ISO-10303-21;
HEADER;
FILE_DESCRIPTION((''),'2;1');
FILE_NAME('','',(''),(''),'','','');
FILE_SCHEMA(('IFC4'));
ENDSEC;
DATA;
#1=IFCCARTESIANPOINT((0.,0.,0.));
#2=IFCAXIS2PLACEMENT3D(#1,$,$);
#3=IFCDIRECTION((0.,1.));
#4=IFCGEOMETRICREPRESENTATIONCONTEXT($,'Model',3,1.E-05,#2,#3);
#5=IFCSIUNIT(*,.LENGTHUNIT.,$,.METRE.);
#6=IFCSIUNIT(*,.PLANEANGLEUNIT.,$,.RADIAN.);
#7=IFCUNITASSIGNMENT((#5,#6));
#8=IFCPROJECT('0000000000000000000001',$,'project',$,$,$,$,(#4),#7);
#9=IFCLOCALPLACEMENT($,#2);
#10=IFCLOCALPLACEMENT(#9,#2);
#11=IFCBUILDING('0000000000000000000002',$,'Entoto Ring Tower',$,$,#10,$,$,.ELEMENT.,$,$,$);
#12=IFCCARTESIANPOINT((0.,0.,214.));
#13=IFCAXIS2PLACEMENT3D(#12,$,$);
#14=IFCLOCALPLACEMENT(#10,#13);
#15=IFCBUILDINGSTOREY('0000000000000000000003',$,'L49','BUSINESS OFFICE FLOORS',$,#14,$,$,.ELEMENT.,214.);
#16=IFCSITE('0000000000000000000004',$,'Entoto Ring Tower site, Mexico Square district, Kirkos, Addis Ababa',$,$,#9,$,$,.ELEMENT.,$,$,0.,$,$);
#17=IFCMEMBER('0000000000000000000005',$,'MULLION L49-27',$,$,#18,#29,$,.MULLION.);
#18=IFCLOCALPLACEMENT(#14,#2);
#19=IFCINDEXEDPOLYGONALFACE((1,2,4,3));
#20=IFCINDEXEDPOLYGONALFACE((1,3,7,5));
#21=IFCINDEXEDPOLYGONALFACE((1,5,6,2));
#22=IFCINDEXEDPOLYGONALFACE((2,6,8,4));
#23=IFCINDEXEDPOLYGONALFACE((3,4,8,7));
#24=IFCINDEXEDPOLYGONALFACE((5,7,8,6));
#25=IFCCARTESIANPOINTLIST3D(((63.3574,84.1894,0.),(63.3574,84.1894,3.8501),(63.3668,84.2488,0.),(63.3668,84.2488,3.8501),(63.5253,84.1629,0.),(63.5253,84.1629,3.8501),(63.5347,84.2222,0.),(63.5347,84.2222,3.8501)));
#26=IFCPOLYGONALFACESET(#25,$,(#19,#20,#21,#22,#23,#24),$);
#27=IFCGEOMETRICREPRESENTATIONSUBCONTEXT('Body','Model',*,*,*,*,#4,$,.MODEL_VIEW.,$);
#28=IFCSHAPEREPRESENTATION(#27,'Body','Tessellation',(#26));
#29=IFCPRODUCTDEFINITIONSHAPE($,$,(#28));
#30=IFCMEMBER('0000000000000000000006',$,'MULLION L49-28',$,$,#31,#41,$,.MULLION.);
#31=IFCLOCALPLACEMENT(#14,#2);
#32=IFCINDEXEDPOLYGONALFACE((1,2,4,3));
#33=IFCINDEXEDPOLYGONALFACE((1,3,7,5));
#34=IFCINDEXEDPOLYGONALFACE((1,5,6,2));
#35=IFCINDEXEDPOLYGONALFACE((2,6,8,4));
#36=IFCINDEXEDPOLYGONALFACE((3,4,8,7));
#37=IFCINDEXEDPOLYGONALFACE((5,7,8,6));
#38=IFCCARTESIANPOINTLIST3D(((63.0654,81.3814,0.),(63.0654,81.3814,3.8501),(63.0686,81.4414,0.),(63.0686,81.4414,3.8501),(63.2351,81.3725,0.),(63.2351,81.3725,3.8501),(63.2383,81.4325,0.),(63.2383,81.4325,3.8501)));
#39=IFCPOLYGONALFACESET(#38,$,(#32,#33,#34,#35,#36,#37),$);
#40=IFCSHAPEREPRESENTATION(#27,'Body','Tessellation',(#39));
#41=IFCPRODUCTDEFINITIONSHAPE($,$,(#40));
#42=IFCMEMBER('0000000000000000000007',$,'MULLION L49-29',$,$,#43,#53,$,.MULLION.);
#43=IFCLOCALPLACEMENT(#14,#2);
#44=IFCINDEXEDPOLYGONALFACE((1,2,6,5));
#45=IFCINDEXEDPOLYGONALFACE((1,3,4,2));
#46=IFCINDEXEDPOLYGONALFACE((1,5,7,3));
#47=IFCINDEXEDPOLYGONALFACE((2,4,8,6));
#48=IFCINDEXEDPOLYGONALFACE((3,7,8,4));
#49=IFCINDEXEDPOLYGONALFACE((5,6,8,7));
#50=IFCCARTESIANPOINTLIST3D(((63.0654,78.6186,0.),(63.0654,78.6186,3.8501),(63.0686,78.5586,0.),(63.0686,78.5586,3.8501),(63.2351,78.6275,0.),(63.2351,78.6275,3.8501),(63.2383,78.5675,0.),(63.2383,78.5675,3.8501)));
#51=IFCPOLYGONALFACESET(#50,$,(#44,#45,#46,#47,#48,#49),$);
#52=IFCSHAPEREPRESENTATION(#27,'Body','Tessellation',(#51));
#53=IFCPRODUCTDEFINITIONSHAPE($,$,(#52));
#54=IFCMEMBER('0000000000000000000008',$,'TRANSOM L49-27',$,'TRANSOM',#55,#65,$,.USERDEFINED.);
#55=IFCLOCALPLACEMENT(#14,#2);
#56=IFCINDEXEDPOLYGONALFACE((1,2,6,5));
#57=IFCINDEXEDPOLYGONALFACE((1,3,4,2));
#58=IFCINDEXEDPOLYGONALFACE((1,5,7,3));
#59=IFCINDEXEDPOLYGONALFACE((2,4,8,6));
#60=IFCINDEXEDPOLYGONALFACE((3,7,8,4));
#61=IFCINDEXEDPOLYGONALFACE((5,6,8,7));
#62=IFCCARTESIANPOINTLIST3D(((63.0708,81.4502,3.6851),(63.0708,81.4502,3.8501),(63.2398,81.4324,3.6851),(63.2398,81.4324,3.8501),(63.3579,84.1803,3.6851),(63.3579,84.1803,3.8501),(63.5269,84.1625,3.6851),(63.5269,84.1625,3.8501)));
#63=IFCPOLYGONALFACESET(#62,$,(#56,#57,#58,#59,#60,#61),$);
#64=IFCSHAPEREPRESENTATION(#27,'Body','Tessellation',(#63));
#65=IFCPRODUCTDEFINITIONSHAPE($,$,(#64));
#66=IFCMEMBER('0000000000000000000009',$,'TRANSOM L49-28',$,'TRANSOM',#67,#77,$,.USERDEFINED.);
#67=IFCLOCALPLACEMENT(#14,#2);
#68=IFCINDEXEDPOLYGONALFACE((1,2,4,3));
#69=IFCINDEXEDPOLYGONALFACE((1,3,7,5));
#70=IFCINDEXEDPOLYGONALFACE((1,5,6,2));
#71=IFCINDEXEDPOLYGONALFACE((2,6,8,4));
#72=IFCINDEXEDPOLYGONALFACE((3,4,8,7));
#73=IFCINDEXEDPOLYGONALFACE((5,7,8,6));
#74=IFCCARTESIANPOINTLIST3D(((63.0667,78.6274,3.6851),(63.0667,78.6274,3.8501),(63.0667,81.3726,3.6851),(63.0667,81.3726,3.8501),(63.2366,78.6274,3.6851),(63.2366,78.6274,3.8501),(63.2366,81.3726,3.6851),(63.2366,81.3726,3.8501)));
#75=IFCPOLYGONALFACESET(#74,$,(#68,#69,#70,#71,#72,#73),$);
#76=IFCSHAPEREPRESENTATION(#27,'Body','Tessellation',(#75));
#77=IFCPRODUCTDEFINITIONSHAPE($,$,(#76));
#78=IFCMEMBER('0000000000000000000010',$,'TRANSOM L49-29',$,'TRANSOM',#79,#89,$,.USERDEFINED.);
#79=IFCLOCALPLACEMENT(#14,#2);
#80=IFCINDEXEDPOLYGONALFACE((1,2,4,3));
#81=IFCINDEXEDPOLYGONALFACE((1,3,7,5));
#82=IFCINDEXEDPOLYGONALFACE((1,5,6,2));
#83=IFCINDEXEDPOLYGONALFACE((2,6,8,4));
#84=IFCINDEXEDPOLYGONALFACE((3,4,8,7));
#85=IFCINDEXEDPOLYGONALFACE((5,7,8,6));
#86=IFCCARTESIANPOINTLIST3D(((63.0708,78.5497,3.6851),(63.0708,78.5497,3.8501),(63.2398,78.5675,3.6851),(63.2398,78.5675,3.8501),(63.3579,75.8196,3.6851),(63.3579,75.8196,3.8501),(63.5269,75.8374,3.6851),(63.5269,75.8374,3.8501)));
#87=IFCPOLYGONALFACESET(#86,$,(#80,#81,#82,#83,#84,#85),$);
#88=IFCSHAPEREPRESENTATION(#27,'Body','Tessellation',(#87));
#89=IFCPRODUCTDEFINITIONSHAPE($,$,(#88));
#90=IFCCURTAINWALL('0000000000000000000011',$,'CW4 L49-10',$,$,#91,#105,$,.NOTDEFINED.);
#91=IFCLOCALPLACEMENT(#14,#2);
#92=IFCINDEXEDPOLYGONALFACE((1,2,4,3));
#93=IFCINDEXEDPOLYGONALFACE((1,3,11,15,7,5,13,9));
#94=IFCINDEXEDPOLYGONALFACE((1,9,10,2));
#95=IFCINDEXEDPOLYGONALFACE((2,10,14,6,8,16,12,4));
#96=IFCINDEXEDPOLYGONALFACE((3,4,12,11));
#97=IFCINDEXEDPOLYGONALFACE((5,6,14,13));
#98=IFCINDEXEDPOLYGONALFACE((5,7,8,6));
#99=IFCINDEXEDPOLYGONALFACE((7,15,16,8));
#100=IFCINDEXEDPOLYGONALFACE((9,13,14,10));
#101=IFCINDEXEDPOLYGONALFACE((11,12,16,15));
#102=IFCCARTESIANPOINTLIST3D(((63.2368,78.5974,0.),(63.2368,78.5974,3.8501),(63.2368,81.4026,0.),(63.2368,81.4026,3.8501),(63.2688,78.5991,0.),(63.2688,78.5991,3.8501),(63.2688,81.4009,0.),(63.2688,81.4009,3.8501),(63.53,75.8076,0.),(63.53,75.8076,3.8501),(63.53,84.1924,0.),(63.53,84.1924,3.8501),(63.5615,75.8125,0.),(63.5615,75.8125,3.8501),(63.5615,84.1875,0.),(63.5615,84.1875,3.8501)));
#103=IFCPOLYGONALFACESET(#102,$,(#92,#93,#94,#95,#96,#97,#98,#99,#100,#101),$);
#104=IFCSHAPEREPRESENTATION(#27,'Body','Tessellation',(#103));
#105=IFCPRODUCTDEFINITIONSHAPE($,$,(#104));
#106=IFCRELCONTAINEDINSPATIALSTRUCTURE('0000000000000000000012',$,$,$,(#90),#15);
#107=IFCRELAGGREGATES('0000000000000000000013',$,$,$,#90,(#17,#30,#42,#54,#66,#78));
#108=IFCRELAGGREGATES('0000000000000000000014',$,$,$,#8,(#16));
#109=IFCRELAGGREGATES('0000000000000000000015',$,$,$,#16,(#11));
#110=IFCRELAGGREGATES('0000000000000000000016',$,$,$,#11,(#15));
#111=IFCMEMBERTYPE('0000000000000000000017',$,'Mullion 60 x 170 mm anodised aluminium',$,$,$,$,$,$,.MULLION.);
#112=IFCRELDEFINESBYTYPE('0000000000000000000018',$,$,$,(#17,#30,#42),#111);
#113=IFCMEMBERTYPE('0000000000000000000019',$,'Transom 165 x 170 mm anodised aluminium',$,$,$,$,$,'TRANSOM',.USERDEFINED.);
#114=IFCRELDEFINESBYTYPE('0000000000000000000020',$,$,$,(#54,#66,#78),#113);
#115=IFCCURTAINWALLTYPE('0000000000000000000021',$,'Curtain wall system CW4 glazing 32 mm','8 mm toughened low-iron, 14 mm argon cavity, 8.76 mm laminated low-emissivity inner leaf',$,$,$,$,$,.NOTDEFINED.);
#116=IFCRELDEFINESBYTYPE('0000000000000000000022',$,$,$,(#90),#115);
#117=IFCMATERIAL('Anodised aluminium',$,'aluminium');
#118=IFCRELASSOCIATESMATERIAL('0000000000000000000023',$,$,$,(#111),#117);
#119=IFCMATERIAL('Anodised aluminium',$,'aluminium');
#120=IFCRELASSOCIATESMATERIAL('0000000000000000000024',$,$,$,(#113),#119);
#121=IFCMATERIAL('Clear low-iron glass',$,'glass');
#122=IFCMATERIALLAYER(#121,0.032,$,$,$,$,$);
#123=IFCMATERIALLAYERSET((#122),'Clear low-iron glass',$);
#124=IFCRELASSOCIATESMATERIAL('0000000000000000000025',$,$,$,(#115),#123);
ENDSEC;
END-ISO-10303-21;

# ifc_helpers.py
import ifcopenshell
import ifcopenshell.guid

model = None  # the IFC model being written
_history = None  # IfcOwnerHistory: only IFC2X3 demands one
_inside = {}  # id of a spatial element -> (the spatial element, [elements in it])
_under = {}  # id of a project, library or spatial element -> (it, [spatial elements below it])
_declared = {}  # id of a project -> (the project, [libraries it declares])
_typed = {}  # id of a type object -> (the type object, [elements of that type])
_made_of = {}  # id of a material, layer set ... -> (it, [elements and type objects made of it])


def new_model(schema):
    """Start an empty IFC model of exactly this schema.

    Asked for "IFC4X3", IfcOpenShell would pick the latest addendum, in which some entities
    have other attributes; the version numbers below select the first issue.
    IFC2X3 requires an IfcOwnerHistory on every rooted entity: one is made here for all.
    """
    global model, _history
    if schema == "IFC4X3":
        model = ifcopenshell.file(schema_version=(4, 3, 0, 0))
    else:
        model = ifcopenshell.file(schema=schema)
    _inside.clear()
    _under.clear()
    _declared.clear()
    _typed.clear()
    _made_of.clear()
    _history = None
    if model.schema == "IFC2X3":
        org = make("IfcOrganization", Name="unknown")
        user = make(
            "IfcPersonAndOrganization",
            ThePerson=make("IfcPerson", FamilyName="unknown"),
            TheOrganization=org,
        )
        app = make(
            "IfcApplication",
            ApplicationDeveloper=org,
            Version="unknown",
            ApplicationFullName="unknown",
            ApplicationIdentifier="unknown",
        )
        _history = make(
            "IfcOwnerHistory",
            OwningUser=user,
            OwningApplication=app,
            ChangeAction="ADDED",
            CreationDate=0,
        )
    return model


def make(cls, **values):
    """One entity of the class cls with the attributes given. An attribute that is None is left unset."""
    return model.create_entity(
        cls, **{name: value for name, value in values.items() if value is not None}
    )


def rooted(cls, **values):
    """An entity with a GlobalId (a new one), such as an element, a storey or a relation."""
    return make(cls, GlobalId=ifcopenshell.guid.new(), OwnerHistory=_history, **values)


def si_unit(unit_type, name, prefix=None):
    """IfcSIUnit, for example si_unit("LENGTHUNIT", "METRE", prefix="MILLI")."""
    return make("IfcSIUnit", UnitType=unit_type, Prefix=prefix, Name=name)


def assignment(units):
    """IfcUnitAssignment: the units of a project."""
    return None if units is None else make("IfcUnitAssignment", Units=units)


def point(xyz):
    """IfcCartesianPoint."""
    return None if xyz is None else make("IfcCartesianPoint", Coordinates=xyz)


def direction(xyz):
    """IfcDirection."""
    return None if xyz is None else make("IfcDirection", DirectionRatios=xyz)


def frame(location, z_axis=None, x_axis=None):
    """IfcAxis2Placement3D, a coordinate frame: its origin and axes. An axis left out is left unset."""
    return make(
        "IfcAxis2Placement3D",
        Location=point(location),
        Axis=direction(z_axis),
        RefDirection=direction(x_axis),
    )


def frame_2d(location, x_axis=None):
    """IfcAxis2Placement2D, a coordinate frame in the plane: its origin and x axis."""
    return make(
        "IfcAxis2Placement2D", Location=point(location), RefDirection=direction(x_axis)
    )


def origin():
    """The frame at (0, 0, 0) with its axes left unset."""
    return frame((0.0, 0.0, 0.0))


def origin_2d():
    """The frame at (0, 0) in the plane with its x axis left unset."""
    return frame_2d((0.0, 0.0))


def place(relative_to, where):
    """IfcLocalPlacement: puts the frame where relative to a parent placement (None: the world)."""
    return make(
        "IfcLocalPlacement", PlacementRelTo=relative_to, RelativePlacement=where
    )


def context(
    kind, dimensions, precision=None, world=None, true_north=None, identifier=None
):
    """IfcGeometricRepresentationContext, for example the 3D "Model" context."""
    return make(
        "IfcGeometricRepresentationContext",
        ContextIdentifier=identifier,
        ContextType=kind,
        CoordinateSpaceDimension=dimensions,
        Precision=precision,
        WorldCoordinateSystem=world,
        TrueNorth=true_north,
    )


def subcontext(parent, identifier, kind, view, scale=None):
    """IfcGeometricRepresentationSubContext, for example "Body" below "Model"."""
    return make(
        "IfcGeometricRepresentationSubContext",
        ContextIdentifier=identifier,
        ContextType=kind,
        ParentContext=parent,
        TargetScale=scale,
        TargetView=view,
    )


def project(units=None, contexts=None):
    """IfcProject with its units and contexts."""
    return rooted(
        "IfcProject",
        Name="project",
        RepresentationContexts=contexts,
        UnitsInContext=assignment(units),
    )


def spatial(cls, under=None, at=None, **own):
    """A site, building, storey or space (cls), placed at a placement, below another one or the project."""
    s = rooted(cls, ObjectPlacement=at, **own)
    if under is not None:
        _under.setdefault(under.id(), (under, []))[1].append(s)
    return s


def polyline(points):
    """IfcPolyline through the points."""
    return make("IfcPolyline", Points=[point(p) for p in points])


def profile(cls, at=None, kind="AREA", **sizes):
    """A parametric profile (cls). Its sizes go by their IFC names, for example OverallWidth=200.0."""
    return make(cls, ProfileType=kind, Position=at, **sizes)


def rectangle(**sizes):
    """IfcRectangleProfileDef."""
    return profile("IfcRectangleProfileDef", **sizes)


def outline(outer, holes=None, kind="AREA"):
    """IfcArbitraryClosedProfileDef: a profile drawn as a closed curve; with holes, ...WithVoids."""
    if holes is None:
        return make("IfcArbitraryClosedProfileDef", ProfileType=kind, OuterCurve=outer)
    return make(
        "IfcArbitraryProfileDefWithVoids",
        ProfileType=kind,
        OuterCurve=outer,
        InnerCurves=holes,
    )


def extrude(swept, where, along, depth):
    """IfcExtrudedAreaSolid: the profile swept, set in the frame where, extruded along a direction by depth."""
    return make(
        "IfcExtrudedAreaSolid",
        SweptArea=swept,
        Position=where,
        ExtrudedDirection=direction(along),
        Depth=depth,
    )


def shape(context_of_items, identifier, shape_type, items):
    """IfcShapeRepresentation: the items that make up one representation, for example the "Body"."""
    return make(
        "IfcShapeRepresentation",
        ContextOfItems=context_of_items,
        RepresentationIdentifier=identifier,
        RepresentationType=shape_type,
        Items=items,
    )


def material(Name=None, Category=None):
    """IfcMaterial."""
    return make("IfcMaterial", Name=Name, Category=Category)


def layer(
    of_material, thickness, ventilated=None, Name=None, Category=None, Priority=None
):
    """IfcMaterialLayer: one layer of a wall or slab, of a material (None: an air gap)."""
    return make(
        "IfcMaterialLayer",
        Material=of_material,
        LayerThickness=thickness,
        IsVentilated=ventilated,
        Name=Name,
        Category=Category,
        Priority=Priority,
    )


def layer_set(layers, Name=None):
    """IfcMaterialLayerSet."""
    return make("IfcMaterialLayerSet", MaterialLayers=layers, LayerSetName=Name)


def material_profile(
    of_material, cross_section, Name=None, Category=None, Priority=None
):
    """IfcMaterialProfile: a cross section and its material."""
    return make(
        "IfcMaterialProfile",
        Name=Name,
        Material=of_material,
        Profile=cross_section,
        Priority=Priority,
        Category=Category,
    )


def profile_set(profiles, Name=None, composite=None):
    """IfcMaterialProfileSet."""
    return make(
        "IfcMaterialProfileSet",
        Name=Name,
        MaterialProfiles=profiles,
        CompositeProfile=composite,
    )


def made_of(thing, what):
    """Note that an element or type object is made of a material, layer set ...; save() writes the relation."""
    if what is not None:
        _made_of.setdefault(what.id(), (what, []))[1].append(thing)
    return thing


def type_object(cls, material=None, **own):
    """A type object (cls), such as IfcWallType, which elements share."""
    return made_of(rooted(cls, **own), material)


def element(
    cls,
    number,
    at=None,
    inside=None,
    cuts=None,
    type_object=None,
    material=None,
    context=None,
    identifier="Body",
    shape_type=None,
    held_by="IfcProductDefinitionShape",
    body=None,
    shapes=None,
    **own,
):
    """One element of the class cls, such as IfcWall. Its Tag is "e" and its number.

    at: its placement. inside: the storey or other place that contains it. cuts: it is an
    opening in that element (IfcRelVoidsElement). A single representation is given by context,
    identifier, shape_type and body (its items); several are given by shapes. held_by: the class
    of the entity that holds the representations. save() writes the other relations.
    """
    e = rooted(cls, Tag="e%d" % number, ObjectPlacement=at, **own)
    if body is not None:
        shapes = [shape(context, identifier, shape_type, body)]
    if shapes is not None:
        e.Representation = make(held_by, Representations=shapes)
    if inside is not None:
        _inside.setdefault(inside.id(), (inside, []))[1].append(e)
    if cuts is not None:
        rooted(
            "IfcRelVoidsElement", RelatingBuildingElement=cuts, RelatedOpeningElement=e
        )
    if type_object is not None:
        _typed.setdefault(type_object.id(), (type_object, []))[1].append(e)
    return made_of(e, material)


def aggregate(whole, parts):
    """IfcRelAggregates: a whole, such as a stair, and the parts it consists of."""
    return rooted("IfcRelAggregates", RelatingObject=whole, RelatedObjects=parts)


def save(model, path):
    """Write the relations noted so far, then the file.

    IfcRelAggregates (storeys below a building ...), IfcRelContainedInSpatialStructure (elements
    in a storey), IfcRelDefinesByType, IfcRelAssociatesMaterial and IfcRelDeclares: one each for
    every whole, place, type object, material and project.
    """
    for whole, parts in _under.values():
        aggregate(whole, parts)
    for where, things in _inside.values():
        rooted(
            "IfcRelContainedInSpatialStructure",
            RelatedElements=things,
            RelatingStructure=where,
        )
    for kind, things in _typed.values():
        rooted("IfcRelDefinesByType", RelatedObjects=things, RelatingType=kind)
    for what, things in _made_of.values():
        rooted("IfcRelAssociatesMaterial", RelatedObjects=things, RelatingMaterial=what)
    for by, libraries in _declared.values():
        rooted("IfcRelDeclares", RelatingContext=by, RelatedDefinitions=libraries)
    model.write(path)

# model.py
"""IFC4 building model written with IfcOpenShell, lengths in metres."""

from ifc_helpers import new_model, si_unit, direction, frame, origin, origin_2d, place, context, subcontext, project, spatial, polyline, rectangle, outline, extrude, material, layer, layer_set, material_profile, profile_set, type_object, element, aggregate, save


model = new_model("IFC4")

# Units and contexts
model_context = context("Model", 3, precision=1e-05, world=origin(), true_north=direction((0.0, 1.0)))
body_context = subcontext(model_context, "Body", "Model", "MODEL_VIEW")
ifc_project = project(units=[si_unit("LENGTHUNIT", "METRE"), si_unit("PLANEANGLEUNIT", "RADIAN")], contexts=[model_context])

# Members
ifc_material_1 = material(Name="Anodised aluminium", Category="aluminium")
ifc_material_profile_1 = material_profile(ifc_material_1, rectangle(XDim=0.0601, YDim=0.1699, at=origin_2d()), Name="Mullion 60 x 170 mm anodised aluminium")
ifc_profile_set_1 = profile_set([ifc_material_profile_1], Name="Anodised aluminium")
member_type_1 = type_object("IfcMemberType", Name="Mullion 60 x 170 mm anodised aluminium", PredefinedType="MULLION", material=ifc_profile_set_1)
site_placement = place(None, origin())
building_placement = place(site_placement, origin())
storey_placement = place(building_placement, frame((0.0, 0.0, 214.0)))
member_1_placement = place(storey_placement, frame((63.446, 84.2058, 0.0), z_axis=(0.0, 0.0, 1.0), x_axis=(-0.156434, -0.987688, 0.0)))
member_1 = element("IfcMember", 1, at=member_1_placement, type_object=member_type_1, Name="MULLION L49-27", PredefinedType="MULLION", context=body_context, shape_type="SweptSolid", body=[
    extrude(rectangle(XDim=0.0601, YDim=0.1699, at=origin_2d()), origin(), (0.0, 0.0, 1.0), 3.8501),
])
member_2_placement = place(storey_placement, frame((63.1519, 81.407, 0.0), z_axis=(0.0, 0.0, 1.0), x_axis=(-0.052336, -0.99863, 0.0)))
member_2 = element("IfcMember", 2, at=member_2_placement, type_object=member_type_1, Name="MULLION L49-28", PredefinedType="MULLION", context=body_context, shape_type="SweptSolid", body=[
    extrude(rectangle(XDim=0.0601, YDim=0.1699, at=origin_2d()), origin(), (0.0, 0.0, 1.0), 3.8501),
])
member_3_placement = place(storey_placement, frame((63.1519, 78.593, 0.0), z_axis=(0.0, 0.0, 1.0), x_axis=(0.052336, -0.99863, 0.0)))
member_3 = element("IfcMember", 3, at=member_3_placement, type_object=member_type_1, Name="MULLION L49-29", PredefinedType="MULLION", context=body_context, shape_type="SweptSolid", body=[
    extrude(rectangle(XDim=0.0601, YDim=0.1699, at=origin_2d()), origin(), (0.0, 0.0, 1.0), 3.8501),
])
ifc_material_2 = material(Name="Anodised aluminium", Category="aluminium")
ifc_material_profile_2 = material_profile(ifc_material_2, rectangle(XDim=0.1699, YDim=0.165, at=origin_2d()), Name="Transom 165 x 170 mm anodised aluminium")
ifc_profile_set_2 = profile_set([ifc_material_profile_2], Name="Anodised aluminium")
member_type_2 = type_object("IfcMemberType", Name="Transom 165 x 170 mm anodised aluminium", ElementType="TRANSOM", PredefinedType="USERDEFINED", material=ifc_profile_set_2)
member_4_placement = place(storey_placement, frame((63.4424, 84.1714, 3.7676), z_axis=(-0.104592, -0.994515, 0.0), x_axis=(0.994515, -0.104592, 0.0)))
member_4 = element("IfcMember", 4, at=member_4_placement, type_object=member_type_2, Name="TRANSOM L49-27", ObjectType="TRANSOM", PredefinedType="USERDEFINED", context=body_context, shape_type="SweptSolid", body=[
    extrude(rectangle(XDim=0.1699, YDim=0.165, at=origin_2d()), origin(), (0.0, 0.0, 1.0), 2.7451),
])
member_5_placement = place(storey_placement, frame((63.1516, 81.3726, 3.7676), z_axis=(0.0, -1.0, 0.0), x_axis=(1.0, 0.0, 0.0)))
member_5 = element("IfcMember", 5, at=member_5_placement, type_object=member_type_2, Name="TRANSOM L49-28", ObjectType="TRANSOM", PredefinedType="USERDEFINED", context=body_context, shape_type="SweptSolid", body=[
    extrude(rectangle(XDim=0.1699, YDim=0.165, at=origin_2d()), origin(), (0.0, 0.0, 1.0), 2.7451),
])
member_6_placement = place(storey_placement, frame((63.1553, 78.5586, 3.7676), z_axis=(0.104592, -0.994515, 0.0), x_axis=(0.994515, 0.104592, 0.0)))
member_6 = element("IfcMember", 6, at=member_6_placement, type_object=member_type_2, Name="TRANSOM L49-29", ObjectType="TRANSOM", PredefinedType="USERDEFINED", context=body_context, shape_type="SweptSolid", body=[
    extrude(rectangle(XDim=0.1699, YDim=0.165, at=origin_2d()), origin(), (0.0, 0.0, 1.0), 2.7451),
])

# Site, building, storey
site = spatial("IfcSite", under=ifc_project, at=site_placement, Name="Entoto Ring Tower site, Mexico Square district, Kirkos, Addis Ababa", CompositionType="ELEMENT", RefElevation=0.0)
building = spatial("IfcBuilding", under=site, at=building_placement, Name="Entoto Ring Tower", CompositionType="ELEMENT")
storey = spatial("IfcBuildingStorey", under=building, at=storey_placement, Name="L49", Description="BUSINESS OFFICE FLOORS", CompositionType="ELEMENT", Elevation=214.0)

# Curtain wall
ifc_material_3 = material(Name="Clear low-iron glass", Category="glass")
ifc_layer = layer(ifc_material_3, 0.032)
ifc_layer_set = layer_set([ifc_layer], Name="Clear low-iron glass")
curtain_wall_type = type_object("IfcCurtainWallType", Name="Curtain wall system CW4 glazing 32 mm", Description="8 mm toughened low-iron, 14 mm argon cavity, 8.76 mm laminated low-emissivity inner leaf", PredefinedType="NOTDEFINED", material=ifc_layer_set)
curtain_wall_1_placement = place(storey_placement, origin())
curtain_wall_1 = element("IfcCurtainWall", 7, at=curtain_wall_1_placement, inside=storey, type_object=curtain_wall_type, Name="CW4 L49-10", PredefinedType="NOTDEFINED", context=body_context, shape_type="SweptSolid", body=[
    extrude(outline(polyline([(63.53, 84.1924), (63.2368, 81.4026), (63.2368, 78.5974), (63.53, 75.8076), (63.5615, 75.8125), (63.2688, 78.5991), (63.2688, 81.4009), (63.5615, 84.1875), (63.53, 84.1924)])), origin(), (0.0, 0.0, 1.0), 3.8501),
])
aggregate(curtain_wall_1, [member_1, member_2, member_3, member_4, member_5, member_6])

save(model, "model.ifc")
